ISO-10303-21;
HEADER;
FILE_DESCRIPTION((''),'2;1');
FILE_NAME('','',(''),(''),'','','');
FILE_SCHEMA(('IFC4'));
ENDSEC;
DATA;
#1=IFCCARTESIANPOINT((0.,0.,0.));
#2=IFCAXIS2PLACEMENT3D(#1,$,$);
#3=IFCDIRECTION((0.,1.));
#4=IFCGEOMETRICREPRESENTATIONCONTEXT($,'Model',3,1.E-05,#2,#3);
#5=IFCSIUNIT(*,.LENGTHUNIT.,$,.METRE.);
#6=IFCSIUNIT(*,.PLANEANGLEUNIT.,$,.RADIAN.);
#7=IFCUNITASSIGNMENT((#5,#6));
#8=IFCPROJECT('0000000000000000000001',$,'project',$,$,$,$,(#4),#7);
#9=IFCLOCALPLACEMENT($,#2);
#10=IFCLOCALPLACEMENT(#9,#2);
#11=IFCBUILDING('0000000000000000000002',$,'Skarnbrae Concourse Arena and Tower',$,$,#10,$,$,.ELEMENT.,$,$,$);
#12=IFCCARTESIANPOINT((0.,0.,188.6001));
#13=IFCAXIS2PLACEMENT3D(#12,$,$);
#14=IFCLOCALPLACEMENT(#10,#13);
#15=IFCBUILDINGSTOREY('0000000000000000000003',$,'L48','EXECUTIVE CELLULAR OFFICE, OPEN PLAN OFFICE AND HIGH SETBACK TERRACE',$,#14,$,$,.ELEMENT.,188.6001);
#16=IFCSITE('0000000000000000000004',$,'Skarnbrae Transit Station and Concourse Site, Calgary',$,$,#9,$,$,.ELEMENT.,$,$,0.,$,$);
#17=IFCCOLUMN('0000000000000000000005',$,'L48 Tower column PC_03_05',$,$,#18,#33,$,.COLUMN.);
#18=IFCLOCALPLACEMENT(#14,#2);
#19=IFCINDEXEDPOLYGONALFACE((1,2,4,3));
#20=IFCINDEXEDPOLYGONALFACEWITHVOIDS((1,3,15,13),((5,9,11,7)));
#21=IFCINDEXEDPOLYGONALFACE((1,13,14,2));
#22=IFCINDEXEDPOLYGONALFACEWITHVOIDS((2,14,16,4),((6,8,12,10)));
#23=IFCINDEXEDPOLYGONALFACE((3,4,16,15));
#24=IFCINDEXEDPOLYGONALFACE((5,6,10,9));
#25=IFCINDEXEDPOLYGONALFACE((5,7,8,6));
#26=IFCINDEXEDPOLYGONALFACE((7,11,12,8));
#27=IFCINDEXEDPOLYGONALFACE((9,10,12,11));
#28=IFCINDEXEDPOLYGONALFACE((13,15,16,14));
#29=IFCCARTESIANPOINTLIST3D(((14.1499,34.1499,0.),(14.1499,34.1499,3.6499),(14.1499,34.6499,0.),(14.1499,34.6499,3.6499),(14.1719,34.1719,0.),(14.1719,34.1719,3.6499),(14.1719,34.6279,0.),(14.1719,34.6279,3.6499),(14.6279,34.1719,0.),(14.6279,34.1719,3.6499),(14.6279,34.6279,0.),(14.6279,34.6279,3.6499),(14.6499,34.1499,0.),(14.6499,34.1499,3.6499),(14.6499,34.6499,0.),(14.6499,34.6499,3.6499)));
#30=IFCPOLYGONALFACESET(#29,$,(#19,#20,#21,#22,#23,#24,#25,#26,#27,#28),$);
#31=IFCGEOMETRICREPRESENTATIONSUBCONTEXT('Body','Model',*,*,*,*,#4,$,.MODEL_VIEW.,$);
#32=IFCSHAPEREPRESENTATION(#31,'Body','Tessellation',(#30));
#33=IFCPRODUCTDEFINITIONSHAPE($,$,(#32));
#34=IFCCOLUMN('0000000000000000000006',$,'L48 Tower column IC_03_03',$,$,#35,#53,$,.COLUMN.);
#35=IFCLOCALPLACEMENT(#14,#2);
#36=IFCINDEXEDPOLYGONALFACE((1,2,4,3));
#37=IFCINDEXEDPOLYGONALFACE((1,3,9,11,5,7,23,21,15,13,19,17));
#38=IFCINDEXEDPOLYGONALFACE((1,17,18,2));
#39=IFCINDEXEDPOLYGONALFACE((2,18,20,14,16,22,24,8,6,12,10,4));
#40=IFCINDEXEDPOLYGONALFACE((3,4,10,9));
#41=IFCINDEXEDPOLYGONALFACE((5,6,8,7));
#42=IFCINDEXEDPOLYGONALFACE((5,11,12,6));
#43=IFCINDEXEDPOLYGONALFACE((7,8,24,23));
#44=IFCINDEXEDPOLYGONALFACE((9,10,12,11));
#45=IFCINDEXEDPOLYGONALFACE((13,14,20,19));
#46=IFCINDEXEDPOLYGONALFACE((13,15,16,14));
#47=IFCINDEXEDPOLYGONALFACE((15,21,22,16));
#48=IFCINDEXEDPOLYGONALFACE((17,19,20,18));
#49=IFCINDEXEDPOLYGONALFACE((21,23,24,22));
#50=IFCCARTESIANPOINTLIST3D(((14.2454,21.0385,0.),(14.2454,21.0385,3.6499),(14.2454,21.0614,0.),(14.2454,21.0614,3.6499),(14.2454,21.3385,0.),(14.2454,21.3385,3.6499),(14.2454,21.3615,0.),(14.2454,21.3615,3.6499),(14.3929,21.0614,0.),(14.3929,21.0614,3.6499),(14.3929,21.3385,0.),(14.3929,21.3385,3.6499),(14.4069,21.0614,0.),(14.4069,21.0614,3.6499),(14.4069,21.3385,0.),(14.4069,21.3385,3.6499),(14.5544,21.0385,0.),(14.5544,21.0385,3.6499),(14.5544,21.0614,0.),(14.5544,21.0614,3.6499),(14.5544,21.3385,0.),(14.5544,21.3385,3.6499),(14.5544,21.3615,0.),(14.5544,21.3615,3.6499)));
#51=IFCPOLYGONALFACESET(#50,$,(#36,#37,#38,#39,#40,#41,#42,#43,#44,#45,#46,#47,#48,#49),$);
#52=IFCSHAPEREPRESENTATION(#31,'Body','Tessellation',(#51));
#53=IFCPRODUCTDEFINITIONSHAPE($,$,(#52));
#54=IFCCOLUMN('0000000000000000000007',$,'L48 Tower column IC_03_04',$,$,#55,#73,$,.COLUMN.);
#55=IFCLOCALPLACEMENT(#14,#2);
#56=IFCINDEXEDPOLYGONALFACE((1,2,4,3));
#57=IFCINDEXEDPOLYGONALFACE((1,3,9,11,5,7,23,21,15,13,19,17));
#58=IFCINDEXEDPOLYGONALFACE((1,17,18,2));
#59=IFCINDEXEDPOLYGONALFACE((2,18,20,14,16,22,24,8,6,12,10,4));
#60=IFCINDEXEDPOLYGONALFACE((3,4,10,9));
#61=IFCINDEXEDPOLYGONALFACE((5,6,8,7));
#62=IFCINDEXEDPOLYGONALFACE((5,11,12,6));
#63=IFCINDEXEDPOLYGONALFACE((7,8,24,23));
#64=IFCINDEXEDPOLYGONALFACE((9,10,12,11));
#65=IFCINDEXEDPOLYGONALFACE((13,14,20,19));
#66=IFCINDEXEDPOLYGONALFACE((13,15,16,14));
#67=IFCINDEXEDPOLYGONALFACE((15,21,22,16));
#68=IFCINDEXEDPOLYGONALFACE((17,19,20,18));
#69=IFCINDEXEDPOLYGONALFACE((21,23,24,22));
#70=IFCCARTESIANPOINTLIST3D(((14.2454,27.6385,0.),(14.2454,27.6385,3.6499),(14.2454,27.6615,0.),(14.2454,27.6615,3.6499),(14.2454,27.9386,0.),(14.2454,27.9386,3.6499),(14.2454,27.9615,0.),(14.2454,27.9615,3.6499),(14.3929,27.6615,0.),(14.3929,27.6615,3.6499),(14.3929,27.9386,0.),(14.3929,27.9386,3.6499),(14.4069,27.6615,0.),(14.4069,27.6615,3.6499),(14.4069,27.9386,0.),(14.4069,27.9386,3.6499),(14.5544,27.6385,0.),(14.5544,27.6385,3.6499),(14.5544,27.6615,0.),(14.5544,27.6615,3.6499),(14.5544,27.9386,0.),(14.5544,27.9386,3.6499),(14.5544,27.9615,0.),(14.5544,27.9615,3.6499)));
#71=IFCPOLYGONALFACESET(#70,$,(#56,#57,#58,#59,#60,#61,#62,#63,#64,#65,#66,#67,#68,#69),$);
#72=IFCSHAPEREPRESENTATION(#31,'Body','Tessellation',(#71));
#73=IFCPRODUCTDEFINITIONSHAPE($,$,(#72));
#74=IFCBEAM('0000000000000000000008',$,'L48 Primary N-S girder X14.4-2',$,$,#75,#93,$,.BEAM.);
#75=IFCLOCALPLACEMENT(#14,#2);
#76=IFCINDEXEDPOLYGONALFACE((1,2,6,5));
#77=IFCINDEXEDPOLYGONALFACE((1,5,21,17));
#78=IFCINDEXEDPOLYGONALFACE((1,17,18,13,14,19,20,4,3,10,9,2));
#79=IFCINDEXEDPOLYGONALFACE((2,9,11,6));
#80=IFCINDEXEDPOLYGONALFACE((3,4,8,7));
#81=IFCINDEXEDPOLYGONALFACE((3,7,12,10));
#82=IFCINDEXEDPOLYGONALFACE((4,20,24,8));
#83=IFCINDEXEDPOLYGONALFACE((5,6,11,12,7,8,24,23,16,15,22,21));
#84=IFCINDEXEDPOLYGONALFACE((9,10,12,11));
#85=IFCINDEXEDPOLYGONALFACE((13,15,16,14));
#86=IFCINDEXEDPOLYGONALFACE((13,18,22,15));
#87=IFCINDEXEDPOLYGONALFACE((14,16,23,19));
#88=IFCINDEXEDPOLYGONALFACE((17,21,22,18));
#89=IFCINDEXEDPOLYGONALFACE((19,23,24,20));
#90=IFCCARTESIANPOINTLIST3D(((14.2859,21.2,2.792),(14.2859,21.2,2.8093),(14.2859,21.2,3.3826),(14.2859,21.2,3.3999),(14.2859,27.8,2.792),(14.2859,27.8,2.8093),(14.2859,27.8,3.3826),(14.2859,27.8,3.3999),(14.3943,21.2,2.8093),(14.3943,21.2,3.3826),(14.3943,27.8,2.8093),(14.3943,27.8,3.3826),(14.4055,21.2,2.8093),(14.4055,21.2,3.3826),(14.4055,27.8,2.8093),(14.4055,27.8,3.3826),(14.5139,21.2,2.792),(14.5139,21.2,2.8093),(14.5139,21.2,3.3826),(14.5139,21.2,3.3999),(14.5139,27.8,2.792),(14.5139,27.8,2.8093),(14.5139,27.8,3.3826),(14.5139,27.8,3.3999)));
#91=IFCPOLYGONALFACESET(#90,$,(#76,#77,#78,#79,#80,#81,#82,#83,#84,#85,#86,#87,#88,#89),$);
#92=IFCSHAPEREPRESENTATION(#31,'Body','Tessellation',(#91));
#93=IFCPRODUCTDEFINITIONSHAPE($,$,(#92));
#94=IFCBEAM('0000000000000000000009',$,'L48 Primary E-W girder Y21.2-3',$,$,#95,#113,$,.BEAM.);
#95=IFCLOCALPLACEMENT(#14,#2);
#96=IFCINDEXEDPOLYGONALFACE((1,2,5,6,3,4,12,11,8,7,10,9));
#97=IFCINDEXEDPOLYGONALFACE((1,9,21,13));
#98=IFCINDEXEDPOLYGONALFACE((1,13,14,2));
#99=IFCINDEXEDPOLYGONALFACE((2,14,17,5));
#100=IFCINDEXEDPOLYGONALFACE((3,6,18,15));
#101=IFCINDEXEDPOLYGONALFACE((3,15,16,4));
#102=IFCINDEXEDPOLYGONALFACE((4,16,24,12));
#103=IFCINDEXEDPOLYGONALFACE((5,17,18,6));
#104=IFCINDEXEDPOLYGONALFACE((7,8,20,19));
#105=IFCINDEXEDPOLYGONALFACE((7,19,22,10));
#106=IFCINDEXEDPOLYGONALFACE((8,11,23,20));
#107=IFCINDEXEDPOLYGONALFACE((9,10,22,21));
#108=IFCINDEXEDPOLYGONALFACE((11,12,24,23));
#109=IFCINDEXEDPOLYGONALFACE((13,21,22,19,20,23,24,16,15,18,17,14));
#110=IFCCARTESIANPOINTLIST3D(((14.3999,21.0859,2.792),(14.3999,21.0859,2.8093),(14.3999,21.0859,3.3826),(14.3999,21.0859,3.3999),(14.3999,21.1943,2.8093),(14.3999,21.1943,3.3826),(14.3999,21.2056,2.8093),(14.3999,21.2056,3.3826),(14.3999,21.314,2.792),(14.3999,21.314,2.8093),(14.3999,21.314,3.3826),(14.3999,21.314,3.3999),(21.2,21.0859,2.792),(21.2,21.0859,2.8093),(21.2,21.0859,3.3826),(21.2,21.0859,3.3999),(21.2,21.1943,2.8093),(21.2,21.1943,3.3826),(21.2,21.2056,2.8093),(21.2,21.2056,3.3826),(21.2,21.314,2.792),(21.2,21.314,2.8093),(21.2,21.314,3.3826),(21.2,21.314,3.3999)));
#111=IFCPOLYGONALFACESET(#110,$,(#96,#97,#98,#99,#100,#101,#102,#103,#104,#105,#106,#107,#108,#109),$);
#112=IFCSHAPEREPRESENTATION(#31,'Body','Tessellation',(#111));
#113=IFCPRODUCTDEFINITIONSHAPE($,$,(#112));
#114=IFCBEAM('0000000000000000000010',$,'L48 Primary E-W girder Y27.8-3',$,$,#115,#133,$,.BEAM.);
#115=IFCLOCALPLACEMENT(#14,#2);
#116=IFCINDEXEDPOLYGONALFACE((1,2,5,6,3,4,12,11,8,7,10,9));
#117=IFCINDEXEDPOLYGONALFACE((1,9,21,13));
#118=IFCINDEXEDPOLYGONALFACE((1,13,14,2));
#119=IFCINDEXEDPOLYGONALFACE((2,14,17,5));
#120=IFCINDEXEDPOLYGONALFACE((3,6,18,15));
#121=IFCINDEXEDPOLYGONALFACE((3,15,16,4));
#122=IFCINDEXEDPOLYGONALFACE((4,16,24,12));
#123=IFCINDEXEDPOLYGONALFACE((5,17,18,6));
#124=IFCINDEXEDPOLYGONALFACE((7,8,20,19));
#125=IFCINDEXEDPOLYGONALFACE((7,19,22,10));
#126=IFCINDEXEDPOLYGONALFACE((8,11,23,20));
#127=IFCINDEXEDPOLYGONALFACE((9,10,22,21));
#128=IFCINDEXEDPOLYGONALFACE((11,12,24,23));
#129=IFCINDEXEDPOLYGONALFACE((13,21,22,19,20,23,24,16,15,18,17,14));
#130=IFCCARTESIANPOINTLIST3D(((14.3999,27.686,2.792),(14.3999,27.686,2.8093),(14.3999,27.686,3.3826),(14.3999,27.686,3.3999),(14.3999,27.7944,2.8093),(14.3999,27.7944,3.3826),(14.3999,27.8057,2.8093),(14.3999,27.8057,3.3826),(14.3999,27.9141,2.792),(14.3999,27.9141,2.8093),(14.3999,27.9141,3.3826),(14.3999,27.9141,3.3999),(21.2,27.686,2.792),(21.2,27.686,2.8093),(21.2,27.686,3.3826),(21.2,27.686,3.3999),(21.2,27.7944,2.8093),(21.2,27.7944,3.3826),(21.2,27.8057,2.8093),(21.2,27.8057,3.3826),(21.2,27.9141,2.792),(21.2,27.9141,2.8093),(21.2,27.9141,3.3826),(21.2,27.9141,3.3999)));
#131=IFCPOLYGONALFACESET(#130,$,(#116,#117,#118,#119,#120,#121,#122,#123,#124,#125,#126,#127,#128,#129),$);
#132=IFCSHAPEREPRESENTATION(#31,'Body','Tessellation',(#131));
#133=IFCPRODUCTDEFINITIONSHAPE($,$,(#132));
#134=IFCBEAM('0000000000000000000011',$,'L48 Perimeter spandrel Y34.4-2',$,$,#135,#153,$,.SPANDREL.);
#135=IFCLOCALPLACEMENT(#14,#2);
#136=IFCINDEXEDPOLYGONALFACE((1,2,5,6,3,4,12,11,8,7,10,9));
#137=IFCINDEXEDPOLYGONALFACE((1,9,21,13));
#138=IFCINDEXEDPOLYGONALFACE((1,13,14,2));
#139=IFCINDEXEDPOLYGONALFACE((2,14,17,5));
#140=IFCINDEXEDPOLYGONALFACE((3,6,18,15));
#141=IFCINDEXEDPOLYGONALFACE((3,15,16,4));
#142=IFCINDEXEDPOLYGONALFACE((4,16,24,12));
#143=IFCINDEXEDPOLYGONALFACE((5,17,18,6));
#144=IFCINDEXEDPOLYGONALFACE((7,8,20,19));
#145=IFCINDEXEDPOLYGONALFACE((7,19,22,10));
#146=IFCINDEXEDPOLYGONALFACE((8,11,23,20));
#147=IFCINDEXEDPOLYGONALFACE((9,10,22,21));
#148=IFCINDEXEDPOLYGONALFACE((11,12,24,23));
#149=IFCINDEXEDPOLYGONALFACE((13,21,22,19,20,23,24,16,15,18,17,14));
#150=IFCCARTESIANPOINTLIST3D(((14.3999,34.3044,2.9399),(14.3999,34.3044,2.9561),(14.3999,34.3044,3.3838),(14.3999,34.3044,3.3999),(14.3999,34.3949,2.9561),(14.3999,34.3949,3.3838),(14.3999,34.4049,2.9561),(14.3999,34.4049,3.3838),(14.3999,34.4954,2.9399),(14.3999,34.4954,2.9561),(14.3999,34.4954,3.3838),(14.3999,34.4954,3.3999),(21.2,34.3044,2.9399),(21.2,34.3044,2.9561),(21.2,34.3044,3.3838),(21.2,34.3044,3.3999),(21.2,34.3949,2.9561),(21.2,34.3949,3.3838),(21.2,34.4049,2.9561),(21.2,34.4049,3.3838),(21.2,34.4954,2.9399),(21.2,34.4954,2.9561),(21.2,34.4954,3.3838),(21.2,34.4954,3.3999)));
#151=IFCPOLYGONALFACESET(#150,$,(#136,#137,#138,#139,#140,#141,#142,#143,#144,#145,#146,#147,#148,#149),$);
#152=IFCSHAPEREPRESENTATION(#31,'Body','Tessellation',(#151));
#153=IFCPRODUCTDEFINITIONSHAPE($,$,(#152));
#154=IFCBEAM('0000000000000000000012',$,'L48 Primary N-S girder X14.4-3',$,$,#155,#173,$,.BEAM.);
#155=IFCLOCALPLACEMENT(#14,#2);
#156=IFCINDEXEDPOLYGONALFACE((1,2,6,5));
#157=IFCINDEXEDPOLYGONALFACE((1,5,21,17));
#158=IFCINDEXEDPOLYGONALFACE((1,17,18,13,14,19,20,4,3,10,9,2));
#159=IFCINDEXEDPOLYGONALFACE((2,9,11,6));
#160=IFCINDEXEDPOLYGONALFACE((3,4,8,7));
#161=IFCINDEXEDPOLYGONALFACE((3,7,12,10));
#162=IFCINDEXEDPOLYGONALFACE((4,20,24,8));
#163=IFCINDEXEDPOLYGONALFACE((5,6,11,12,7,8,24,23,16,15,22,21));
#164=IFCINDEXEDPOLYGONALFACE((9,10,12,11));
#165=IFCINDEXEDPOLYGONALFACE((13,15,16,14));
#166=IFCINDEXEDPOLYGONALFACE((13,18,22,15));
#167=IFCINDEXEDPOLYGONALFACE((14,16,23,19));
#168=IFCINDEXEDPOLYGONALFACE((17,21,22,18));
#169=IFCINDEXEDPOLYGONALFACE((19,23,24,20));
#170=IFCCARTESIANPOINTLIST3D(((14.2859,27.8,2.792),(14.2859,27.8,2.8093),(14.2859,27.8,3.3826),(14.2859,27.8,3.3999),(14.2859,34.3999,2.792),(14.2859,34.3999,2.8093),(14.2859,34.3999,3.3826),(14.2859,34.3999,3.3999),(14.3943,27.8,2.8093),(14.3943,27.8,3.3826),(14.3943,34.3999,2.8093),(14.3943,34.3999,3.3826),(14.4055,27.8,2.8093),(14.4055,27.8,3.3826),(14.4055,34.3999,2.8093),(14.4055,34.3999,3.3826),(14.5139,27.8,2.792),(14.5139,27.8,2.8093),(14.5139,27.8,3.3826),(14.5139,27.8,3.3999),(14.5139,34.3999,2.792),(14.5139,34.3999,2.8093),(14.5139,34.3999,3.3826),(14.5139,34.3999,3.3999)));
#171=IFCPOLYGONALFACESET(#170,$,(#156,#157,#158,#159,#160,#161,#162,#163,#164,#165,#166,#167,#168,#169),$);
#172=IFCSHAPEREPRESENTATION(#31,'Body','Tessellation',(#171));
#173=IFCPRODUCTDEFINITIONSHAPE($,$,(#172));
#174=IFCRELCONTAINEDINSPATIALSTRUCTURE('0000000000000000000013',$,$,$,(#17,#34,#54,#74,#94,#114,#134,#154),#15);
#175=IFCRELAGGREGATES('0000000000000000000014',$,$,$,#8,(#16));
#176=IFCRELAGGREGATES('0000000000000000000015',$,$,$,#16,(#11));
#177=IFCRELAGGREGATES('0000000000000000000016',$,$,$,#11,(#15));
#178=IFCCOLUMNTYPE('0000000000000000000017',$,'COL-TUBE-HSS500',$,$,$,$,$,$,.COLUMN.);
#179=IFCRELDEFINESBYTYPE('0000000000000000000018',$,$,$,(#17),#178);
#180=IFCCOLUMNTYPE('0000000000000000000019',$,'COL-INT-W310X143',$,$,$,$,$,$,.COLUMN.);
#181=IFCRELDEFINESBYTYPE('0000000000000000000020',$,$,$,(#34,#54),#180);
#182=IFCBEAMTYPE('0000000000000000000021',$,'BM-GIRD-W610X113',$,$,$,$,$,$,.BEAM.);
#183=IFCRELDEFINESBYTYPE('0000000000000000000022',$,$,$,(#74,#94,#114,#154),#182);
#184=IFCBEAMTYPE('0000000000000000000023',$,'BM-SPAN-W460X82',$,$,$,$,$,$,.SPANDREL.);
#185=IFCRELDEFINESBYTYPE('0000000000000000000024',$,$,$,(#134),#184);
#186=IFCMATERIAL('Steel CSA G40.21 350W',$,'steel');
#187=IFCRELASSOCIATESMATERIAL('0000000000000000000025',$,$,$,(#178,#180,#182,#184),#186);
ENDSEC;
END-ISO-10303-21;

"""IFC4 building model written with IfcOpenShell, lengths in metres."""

from ifc_helpers import new_model, si_unit, direction, frame, origin, origin_2d, place, context, subcontext, project, spatial, hollow_rectangle, i_section, extrude, source, transform, mapped, material, material_profile, profile_set, type_object, element, save


model = new_model("IFC4")

# Units and contexts
model_context = context("Model", 3, precision=1e-05, world=origin(), true_north=direction((0.0, 1.0)))
body_context = subcontext(model_context, "Body", "Model", "MODEL_VIEW")
ifc_project = project(units=[si_unit("LENGTHUNIT", "METRE"), si_unit("PLANEANGLEUNIT", "RADIAN")], contexts=[model_context])

# Site, building, storey
site_placement = place(None, origin())
site = spatial("IfcSite", under=ifc_project, at=site_placement, Name="Skarnbrae Transit Station and Concourse Site, Calgary", CompositionType="ELEMENT", RefElevation=0.0)
building_placement = place(site_placement, origin())
building = spatial("IfcBuilding", under=site, at=building_placement, Name="Skarnbrae Concourse Arena and Tower", CompositionType="ELEMENT")
storey_placement = place(building_placement, frame((0.0, 0.0, 188.6001)))
storey = spatial("IfcBuildingStorey", under=building, at=storey_placement, Name="L48", Description="EXECUTIVE CELLULAR OFFICE, OPEN PLAN OFFICE AND HIGH SETBACK TERRACE", CompositionType="ELEMENT", Elevation=188.6001)

# Columns
ifc_material_1 = material(Name="Steel CSA G40.21 350W", Category="steel")
ifc_material_profile_1 = material_profile(ifc_material_1, hollow_rectangle(XDim=0.5, YDim=0.5, WallThickness=0.022, at=origin_2d()), Name="HSS500X500X22.0")
ifc_profile_set_1 = profile_set([ifc_material_profile_1], Name="Steel CSA G40.21 350W")
column_type_1 = type_object("IfcColumnType", Name="COL-TUBE-HSS500", PredefinedType="COLUMN", material=ifc_profile_set_1)
shared_shape_1 = source(origin(), body_context, "Body", "SweptSolid", [
    extrude(hollow_rectangle(XDim=0.5, YDim=0.5, WallThickness=0.022, at=origin_2d()), origin(), (0.0, 0.0, 1.0), 3.6499),
])
column_placement = place(storey_placement, frame((14.3999, 34.3999, 0.0), z_axis=(0.0, 0.0, 1.0), x_axis=(1.0, 0.0, 0.0)))
element("IfcColumn", 1, at=column_placement, inside=storey, type_object=column_type_1, Name="L48 Tower column PC_03_05", PredefinedType="COLUMN", context=body_context, shape_type="MappedRepresentation", body=[
    mapped(shared_shape_1, transform((0.0, 0.0, 0.0))),
])
ifc_material_profile_2 = material_profile(ifc_material_1, i_section(OverallWidth=0.3091, OverallDepth=0.323, WebThickness=0.0139, FlangeThickness=0.0229, at=origin_2d()), Name="W310X143")
ifc_profile_set_2 = profile_set([ifc_material_profile_2], Name="Steel CSA G40.21 350W")
column_type_2 = type_object("IfcColumnType", Name="COL-INT-W310X143", PredefinedType="COLUMN", material=ifc_profile_set_2)
shared_shape_2 = source(origin(), body_context, "Body", "SweptSolid", [
    extrude(i_section(OverallWidth=0.3091, OverallDepth=0.323, WebThickness=0.0139, FlangeThickness=0.0229, at=origin_2d()), origin(), (0.0, 0.0, 1.0), 3.6499),
])
for number, where, z_axis, x_axis, name in (
    (2, (14.3999, 21.2, 0.0), (0.0, 0.0, 1.0), (1.0, 0.0, 0.0), "L48 Tower column IC_03_03"),
    (3, (14.3999, 27.8, 0.0), (0.0, 0.0, 1.0), (1.0, 0.0, 0.0), "L48 Tower column IC_03_04"),
):
    element("IfcColumn", number, at=place(storey_placement, frame(where, z_axis=z_axis, x_axis=x_axis)), inside=storey, type_object=column_type_2, Name=name, PredefinedType="COLUMN", context=body_context, shape_type="MappedRepresentation", body=[
        mapped(shared_shape_2, transform((0.0, 0.0, 0.0))),
    ])

# Beams
ifc_material_profile_3 = material_profile(ifc_material_1, i_section(OverallWidth=0.228, OverallDepth=0.6079, WebThickness=0.0112, FlangeThickness=0.0173, at=origin_2d()), Name="W610X113")
ifc_profile_set_3 = profile_set([ifc_material_profile_3], Name="Steel CSA G40.21 350W")
beam_type_1 = type_object("IfcBeamType", Name="BM-GIRD-W610X113", PredefinedType="BEAM", material=ifc_profile_set_3)
shared_shape_3 = source(origin(), body_context, "Body", "SweptSolid", [
    extrude(i_section(OverallWidth=0.228, OverallDepth=0.6079, WebThickness=0.0112, FlangeThickness=0.0173, at=origin_2d()), origin(), (0.0, 0.0, 1.0), 6.6001),
])
beam_1_placement = place(storey_placement, frame((14.3999, 21.2, 3.0959), z_axis=(0.0, 1.0, 0.0), x_axis=(-1.0, 0.0, 0.0)))
element("IfcBeam", 4, at=beam_1_placement, inside=storey, type_object=beam_type_1, Name="L48 Primary N-S girder X14.4-2", PredefinedType="BEAM", context=body_context, shape_type="MappedRepresentation", body=[
    mapped(shared_shape_3, transform((0.0, 0.0, 0.0))),
])
shared_shape_4 = source(origin(), body_context, "Body", "SweptSolid", [
    extrude(i_section(OverallWidth=0.228, OverallDepth=0.6079, WebThickness=0.0112, FlangeThickness=0.0173, at=origin_2d()), origin(), (0.0, 0.0, 1.0), 6.8),
])
for number, where, z_axis, x_axis, name in (
    (5, (14.3999, 21.2, 3.0959), (1.0, 0.0, 0.0), (0.0, 1.0, 0.0), "L48 Primary E-W girder Y21.2-3"),
    (6, (14.3999, 27.8, 3.0959), (1.0, 0.0, 0.0), (0.0, 1.0, 0.0), "L48 Primary E-W girder Y27.8-3"),
):
    element("IfcBeam", number, at=place(storey_placement, frame(where, z_axis=z_axis, x_axis=x_axis)), inside=storey, type_object=beam_type_1, Name=name, PredefinedType="BEAM", context=body_context, shape_type="MappedRepresentation", body=[
        mapped(shared_shape_4, transform((0.0, 0.0, 0.0))),
    ])
ifc_material_profile_4 = material_profile(ifc_material_1, i_section(OverallWidth=0.1909, OverallDepth=0.46, WebThickness=0.01, FlangeThickness=0.0161, at=origin_2d()), Name="W460X82")
ifc_profile_set_4 = profile_set([ifc_material_profile_4], Name="Steel CSA G40.21 350W")
beam_type_2 = type_object("IfcBeamType", Name="BM-SPAN-W460X82", PredefinedType="SPANDREL", material=ifc_profile_set_4)
shared_shape_5 = source(origin(), body_context, "Body", "SweptSolid", [
    extrude(i_section(OverallWidth=0.1909, OverallDepth=0.46, WebThickness=0.01, FlangeThickness=0.0161, at=origin_2d()), origin(), (0.0, 0.0, 1.0), 6.8),
])
beam_2_placement = place(storey_placement, frame((14.3999, 34.3999, 3.1699), z_axis=(1.0, 0.0, 0.0), x_axis=(0.0, 1.0, 0.0)))
element("IfcBeam", 7, at=beam_2_placement, inside=storey, type_object=beam_type_2, Name="L48 Perimeter spandrel Y34.4-2", PredefinedType="SPANDREL", context=body_context, shape_type="MappedRepresentation", body=[
    mapped(shared_shape_5, transform((0.0, 0.0, 0.0))),
])
shared_shape_6 = source(origin(), body_context, "Body", "SweptSolid", [
    extrude(i_section(OverallWidth=0.228, OverallDepth=0.6079, WebThickness=0.0112, FlangeThickness=0.0173, at=origin_2d()), origin(), (0.0, 0.0, 1.0), 6.5999),
])
beam_3_placement = place(storey_placement, frame((14.3999, 27.8, 3.0959), z_axis=(0.0, 1.0, 0.0), x_axis=(-1.0, 0.0, 0.0)))
element("IfcBeam", 8, at=beam_3_placement, inside=storey, type_object=beam_type_1, Name="L48 Primary N-S girder X14.4-3", PredefinedType="BEAM", context=body_context, shape_type="MappedRepresentation", body=[
    mapped(shared_shape_6, transform((0.0, 0.0, 0.0))),
])

save(model, "model.ifc")
